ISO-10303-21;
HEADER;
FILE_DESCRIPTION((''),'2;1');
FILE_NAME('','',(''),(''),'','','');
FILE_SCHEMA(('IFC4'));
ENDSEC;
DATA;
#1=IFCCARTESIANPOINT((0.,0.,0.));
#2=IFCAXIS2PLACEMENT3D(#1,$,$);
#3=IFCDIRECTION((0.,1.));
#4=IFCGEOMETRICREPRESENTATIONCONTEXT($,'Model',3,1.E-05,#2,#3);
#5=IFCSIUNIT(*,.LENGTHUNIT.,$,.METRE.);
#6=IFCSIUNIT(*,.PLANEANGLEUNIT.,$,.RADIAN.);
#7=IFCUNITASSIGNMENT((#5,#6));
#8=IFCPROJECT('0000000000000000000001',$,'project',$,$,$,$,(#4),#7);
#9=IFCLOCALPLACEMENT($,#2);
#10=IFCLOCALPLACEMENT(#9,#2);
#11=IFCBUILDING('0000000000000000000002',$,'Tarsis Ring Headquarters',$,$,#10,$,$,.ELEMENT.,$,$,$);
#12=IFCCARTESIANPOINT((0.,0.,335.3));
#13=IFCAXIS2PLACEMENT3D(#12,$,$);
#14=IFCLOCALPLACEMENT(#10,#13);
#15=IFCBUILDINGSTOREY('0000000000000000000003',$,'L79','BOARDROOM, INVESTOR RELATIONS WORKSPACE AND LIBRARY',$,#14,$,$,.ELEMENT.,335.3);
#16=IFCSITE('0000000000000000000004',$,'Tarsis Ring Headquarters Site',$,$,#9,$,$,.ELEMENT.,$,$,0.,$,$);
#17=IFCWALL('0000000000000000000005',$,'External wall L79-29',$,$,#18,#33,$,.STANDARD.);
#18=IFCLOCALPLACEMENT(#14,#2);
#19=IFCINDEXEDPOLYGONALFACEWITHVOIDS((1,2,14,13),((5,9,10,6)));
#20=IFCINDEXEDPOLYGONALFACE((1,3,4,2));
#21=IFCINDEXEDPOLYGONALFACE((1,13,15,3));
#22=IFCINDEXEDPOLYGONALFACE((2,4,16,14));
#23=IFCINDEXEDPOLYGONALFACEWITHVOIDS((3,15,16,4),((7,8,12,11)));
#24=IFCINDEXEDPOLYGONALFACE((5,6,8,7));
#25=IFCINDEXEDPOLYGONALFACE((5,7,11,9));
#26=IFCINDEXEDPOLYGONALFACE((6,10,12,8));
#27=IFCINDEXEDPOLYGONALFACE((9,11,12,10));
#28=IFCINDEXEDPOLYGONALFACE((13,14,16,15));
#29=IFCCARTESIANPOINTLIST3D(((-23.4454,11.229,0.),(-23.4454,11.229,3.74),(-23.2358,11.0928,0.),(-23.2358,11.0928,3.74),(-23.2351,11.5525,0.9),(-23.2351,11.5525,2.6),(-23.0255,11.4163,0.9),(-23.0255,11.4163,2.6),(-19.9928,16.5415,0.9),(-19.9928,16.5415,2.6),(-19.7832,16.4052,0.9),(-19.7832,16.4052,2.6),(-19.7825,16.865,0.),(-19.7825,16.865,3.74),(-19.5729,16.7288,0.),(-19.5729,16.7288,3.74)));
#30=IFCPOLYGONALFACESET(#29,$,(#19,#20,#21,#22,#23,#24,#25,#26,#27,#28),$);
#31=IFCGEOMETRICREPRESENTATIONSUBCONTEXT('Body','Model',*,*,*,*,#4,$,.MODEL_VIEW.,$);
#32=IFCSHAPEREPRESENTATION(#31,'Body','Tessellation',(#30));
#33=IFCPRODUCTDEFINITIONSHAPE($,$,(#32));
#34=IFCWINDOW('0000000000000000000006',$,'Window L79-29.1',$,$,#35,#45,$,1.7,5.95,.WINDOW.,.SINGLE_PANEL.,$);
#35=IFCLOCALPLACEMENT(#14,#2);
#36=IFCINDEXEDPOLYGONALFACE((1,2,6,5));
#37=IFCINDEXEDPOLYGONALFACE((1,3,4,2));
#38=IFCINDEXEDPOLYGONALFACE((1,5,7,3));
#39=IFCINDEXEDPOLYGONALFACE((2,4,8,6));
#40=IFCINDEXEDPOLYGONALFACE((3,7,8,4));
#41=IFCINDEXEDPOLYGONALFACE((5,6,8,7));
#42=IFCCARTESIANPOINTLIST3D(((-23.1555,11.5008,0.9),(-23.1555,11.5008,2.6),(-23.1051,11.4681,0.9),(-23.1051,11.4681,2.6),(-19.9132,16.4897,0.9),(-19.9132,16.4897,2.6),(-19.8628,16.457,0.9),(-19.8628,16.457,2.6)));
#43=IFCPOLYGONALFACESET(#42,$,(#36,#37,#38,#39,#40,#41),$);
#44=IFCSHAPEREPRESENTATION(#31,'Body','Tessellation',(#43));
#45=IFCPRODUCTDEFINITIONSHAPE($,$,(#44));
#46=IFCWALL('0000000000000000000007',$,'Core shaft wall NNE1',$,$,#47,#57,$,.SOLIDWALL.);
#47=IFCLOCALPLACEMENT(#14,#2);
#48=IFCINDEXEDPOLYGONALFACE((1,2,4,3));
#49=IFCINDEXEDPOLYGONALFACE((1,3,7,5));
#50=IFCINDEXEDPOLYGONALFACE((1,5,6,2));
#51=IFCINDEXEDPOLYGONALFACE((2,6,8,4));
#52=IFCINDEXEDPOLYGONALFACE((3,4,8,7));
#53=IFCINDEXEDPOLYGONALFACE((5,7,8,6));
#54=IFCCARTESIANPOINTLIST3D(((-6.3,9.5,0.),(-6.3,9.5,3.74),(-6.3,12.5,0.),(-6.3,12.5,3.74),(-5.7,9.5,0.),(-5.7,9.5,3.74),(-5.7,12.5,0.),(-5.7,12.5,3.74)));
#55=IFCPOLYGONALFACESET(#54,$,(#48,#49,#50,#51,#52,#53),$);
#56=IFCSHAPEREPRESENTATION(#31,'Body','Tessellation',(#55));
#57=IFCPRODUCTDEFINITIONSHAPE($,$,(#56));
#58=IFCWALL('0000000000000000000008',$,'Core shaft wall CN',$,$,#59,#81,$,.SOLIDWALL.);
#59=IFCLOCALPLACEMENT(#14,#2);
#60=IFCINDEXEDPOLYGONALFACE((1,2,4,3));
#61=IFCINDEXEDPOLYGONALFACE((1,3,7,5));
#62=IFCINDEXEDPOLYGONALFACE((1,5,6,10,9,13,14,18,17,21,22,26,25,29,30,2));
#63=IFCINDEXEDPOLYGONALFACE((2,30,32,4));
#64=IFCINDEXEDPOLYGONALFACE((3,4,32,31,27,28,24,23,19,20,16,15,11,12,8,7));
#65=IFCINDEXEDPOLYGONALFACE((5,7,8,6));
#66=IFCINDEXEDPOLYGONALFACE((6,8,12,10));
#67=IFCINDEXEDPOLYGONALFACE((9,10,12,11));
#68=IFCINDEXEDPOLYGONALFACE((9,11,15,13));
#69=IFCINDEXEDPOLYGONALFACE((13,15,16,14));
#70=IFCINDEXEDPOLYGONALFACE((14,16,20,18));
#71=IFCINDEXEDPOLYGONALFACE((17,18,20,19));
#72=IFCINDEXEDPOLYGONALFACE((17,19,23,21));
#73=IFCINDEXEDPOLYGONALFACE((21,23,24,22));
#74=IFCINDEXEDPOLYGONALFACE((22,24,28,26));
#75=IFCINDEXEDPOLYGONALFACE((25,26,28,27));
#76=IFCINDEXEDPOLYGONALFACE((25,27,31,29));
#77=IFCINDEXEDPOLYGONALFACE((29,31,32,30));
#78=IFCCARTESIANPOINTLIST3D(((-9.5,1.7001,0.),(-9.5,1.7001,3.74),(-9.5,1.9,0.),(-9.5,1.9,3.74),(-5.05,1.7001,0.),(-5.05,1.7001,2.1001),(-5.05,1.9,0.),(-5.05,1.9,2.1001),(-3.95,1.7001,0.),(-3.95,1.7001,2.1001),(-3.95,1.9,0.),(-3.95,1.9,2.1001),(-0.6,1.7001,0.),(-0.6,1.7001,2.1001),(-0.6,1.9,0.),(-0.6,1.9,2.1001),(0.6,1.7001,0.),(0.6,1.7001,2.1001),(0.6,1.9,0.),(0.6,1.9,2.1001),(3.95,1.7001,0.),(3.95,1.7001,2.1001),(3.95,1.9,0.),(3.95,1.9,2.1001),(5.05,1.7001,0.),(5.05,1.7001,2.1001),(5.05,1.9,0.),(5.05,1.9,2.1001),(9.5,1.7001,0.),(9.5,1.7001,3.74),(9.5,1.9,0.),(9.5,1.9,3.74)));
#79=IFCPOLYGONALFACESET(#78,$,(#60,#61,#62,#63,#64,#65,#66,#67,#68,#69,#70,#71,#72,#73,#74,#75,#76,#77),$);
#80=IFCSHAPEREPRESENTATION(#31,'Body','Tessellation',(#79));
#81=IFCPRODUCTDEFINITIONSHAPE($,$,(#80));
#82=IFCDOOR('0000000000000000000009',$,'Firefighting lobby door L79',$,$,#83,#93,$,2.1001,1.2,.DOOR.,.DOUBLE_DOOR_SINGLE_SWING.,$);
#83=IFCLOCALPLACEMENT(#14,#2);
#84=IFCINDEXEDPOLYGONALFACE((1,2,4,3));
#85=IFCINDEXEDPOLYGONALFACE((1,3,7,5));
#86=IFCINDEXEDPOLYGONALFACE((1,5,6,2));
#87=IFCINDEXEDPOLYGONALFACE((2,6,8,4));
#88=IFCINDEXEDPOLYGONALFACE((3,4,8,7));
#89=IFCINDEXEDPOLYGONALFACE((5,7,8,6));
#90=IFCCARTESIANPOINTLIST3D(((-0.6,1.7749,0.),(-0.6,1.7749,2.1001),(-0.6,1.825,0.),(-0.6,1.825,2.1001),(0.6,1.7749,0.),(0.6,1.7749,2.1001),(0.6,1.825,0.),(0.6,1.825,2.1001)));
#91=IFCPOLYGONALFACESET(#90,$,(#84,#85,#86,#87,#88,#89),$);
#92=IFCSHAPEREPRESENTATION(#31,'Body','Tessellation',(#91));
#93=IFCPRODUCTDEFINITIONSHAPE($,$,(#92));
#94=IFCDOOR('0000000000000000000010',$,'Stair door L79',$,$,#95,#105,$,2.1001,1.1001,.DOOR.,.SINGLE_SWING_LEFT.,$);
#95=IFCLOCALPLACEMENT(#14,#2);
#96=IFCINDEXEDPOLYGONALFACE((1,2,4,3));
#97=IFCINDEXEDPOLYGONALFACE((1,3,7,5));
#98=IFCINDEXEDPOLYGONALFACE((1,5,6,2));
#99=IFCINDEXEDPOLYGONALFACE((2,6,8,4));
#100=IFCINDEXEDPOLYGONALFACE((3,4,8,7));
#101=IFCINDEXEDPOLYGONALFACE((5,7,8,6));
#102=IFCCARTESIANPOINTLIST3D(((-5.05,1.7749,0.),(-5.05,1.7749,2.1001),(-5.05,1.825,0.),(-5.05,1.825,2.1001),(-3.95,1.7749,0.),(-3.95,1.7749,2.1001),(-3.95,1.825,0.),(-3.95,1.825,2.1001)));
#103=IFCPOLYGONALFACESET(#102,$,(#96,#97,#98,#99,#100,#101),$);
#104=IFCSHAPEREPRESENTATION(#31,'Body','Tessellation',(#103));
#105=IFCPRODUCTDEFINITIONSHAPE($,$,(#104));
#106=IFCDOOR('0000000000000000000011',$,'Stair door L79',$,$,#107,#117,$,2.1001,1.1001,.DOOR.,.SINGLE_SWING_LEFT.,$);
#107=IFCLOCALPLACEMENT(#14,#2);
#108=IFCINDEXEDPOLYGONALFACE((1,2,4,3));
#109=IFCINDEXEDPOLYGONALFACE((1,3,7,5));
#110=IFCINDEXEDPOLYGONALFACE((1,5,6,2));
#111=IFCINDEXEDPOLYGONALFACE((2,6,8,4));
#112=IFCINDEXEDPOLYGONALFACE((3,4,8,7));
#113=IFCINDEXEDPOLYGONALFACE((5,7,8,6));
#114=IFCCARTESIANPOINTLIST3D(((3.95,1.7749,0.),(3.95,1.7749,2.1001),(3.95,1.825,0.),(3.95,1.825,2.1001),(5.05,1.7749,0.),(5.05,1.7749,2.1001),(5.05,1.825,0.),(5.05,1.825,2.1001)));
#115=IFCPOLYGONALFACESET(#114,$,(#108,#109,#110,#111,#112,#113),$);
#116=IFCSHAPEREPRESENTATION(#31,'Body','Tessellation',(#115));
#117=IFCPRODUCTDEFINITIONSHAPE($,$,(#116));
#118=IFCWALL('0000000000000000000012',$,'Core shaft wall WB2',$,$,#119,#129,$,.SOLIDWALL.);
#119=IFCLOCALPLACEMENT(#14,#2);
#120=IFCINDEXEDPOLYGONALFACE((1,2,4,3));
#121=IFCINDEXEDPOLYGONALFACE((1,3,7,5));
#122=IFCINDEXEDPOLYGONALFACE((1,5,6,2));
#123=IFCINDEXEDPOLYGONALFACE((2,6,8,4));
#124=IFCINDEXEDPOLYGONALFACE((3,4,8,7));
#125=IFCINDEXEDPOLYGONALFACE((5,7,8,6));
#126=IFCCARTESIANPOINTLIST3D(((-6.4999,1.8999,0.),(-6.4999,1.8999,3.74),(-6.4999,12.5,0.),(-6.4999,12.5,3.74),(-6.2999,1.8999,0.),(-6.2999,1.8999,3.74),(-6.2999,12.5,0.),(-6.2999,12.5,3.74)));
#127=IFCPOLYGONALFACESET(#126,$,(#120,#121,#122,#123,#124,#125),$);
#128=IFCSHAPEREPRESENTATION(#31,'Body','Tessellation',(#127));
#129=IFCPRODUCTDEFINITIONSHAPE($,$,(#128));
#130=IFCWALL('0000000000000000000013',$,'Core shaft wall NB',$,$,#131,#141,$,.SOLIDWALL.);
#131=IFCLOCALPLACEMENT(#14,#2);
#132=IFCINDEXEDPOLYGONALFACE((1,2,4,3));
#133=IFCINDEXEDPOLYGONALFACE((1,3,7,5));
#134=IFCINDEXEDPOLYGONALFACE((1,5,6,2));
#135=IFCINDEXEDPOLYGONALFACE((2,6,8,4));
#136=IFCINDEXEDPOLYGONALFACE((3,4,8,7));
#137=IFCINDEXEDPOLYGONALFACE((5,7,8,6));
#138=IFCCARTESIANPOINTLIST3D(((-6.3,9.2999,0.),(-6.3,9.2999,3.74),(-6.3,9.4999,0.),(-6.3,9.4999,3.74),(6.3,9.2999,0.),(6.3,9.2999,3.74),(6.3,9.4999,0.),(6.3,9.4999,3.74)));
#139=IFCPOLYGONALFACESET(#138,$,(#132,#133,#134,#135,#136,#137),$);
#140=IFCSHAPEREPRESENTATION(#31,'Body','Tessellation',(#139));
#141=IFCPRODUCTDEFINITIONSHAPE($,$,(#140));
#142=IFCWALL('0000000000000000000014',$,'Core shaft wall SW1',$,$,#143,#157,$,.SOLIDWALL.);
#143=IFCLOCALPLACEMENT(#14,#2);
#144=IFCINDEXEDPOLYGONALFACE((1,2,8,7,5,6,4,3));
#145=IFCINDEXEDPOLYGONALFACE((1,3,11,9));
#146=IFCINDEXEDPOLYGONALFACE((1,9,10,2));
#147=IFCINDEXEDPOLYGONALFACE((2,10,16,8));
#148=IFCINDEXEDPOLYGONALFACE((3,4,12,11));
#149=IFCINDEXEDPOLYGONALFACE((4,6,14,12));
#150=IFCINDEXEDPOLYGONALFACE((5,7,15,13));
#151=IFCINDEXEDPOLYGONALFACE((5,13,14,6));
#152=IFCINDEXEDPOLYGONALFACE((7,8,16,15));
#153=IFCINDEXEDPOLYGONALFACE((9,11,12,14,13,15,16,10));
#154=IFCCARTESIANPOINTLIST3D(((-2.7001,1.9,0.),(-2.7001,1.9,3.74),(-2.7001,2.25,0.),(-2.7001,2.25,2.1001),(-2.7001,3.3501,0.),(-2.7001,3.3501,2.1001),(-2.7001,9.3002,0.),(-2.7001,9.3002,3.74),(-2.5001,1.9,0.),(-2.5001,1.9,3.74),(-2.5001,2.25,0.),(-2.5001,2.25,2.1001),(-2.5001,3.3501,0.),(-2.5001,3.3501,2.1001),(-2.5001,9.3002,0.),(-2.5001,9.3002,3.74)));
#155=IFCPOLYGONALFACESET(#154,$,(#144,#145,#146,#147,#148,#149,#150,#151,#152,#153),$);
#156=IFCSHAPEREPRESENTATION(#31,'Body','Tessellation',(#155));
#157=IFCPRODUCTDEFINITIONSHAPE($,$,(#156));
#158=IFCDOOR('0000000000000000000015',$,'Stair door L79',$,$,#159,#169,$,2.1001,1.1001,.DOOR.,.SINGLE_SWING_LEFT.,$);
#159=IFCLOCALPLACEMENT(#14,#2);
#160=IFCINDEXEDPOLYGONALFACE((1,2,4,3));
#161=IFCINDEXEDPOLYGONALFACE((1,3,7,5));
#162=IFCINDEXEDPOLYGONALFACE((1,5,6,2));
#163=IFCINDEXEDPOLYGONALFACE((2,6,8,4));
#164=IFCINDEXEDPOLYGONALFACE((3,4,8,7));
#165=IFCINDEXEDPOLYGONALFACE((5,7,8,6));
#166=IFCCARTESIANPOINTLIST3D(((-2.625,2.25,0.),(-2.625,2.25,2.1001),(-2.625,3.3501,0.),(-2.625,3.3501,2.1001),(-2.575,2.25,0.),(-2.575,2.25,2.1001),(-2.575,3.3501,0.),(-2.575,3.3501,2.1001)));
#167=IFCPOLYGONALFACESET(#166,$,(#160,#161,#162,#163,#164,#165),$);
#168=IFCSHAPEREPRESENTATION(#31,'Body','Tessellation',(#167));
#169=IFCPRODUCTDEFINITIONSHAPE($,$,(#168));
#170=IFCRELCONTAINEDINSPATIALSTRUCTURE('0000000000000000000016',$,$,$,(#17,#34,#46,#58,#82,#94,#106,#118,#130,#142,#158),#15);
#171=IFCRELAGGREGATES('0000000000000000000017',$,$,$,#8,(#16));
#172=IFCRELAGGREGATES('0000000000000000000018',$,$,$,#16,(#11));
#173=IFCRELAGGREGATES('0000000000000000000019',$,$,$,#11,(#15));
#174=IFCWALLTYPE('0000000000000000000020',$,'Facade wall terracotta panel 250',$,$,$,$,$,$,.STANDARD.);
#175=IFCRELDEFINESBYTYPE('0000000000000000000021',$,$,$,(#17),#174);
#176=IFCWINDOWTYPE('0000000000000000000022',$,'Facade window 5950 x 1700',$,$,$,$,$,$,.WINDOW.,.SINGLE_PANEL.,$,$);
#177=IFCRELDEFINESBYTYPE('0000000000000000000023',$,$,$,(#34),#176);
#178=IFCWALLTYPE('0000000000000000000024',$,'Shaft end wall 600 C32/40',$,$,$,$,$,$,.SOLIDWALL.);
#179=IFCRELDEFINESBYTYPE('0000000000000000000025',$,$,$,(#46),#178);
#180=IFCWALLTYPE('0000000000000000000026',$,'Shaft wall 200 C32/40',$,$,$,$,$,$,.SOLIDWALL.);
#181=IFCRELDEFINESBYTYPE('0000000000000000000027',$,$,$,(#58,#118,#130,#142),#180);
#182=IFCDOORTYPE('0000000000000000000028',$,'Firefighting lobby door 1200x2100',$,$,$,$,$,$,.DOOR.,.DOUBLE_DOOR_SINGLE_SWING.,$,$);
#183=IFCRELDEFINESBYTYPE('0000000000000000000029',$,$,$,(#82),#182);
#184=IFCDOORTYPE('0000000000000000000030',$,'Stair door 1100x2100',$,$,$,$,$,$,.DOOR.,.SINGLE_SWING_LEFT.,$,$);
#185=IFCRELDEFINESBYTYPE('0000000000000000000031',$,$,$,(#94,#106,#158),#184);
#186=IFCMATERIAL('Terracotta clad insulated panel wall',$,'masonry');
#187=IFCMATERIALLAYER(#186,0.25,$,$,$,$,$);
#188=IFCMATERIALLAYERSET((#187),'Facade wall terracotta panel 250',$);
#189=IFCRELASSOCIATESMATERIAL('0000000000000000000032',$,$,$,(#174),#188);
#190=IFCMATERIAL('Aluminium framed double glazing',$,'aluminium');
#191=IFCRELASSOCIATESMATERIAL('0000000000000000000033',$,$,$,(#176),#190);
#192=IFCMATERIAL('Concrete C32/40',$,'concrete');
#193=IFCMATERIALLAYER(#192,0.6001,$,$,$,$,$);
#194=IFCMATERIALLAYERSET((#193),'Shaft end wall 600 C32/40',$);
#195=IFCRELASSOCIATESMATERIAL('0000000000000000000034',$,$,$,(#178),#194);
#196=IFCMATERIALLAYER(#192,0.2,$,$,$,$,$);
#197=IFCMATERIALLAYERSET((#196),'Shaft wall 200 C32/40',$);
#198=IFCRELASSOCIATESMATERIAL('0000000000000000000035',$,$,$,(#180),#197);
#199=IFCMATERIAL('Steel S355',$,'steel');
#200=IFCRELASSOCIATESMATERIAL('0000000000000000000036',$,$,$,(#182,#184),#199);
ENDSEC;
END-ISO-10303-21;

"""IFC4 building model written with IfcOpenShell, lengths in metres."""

from ifc_helpers import new_model, si_unit, direction, frame, frame_2d, origin, place, context, subcontext, project, spatial, rectangle, extrude, material, layer, layer_set, type_object, element, fill, save


model = new_model("IFC4")

# Units and contexts
model_context = context("Model", 3, precision=1e-05, world=origin(), true_north=direction((0.0, 1.0)))
body_context = subcontext(model_context, "Body", "Model", "MODEL_VIEW")
ifc_project = project(units=[si_unit("LENGTHUNIT", "METRE"), si_unit("PLANEANGLEUNIT", "RADIAN")], contexts=[model_context])

# Site, building, storey
site_placement = place(None, origin())
site = spatial("IfcSite", under=ifc_project, at=site_placement, Name="Tarsis Ring Headquarters Site", CompositionType="ELEMENT", RefElevation=0.0)
building_placement = place(site_placement, origin())
building = spatial("IfcBuilding", under=site, at=building_placement, Name="Tarsis Ring Headquarters", CompositionType="ELEMENT")
storey_placement = place(building_placement, frame((0.0, 0.0, 335.3)))
storey = spatial("IfcBuildingStorey", under=building, at=storey_placement, Name="L79", Description="BOARDROOM, INVESTOR RELATIONS WORKSPACE AND LIBRARY", CompositionType="ELEMENT", Elevation=335.3)

# Shared definitions
ifc_material_1 = material(Name="Steel S355", Category="steel")

# Wall, opening, window
ifc_material_2 = material(Name="Terracotta clad insulated panel wall", Category="masonry")
ifc_layer_1 = layer(ifc_material_2, 0.25)
ifc_layer_set_1 = layer_set([ifc_layer_1], Name="Facade wall terracotta panel 250")
wall_type_1 = type_object("IfcWallType", Name="Facade wall terracotta panel 250", PredefinedType="STANDARD", material=ifc_layer_set_1)
wall_1_placement = place(storey_placement, frame((-19.6777, 16.7969, 0.0), z_axis=(0.0, 0.0, 1.0), x_axis=(-0.544931, -0.838481, 0.0)))
wall_1 = element("IfcWall", 1, at=wall_1_placement, inside=storey, type_object=wall_type_1, Name="External wall L79-29", PredefinedType="STANDARD", context=body_context, shape_type="SweptSolid", body=[
    extrude(rectangle(XDim=6.7217, YDim=0.25, at=frame_2d((3.3608, 0.0))), origin(), (0.0, 0.0, 1.0), 3.74),
])
opening_1_placement = place(wall_1_placement, frame((0.3857, 0.0, 0.8999)))
opening_1 = element("IfcOpeningElement", 2, at=opening_1_placement, cuts=wall_1, PredefinedType="OPENING", context=body_context, shape_type="SweptSolid", body=[
    extrude(rectangle(XDim=5.95, YDim=1.7, at=frame_2d((2.9751, 0.8501))), frame((0.0, 0.135, 0.0), z_axis=(0.0, -1.0, 0.0), x_axis=(1.0, 0.0, 0.0)), (0.0, 0.0, 1.0), 0.27),
])
ifc_material_3 = material(Name="Aluminium framed double glazing", Category="aluminium")
window_type = type_object("IfcWindowType", Name="Facade window 5950 x 1700", PartitioningType="SINGLE_PANEL", PredefinedType="WINDOW", material=ifc_material_3)
window_placement = place(opening_1_placement, origin())
window = element("IfcWindow", 3, at=window_placement, inside=storey, type_object=window_type, Name="Window L79-29.1", OverallHeight=1.7, OverallWidth=5.95, PartitioningType="SINGLE_PANEL", PredefinedType="WINDOW", context=body_context, shape_type="SweptSolid", body=[
    extrude(rectangle(XDim=5.95, YDim=1.7, at=frame_2d((2.9751, 0.8501))), frame((0.0, 0.03, 0.0), z_axis=(0.0, -1.0, 0.0), x_axis=(1.0, 0.0, 0.0)), (0.0, 0.0, 1.0), 0.0601),
])
fill(opening_1, window)

# Wall
ifc_material_4 = material(Name="Concrete C32/40", Category="concrete")
ifc_layer_2 = layer(ifc_material_4, 0.6001)
ifc_layer_set_2 = layer_set([ifc_layer_2], Name="Shaft end wall 600 C32/40")
wall_type_2 = type_object("IfcWallType", Name="Shaft end wall 600 C32/40", PredefinedType="SOLIDWALL", material=ifc_layer_set_2)
wall_2_placement = place(storey_placement, frame((-6.0, 9.5, 0.0), z_axis=(0.0, 0.0, 1.0), x_axis=(0.0, 1.0, 0.0)))
element("IfcWall", 4, at=wall_2_placement, inside=storey, type_object=wall_type_2, Name="Core shaft wall NNE1", PredefinedType="SOLIDWALL", context=body_context, shape_type="SweptSolid", body=[
    extrude(rectangle(XDim=3.0, YDim=0.6001, at=frame_2d((1.5, 0.0))), origin(), (0.0, 0.0, 1.0), 3.74),
])

# Wall, openings, doors
ifc_layer_3 = layer(ifc_material_4, 0.2)
ifc_layer_set_3 = layer_set([ifc_layer_3], Name="Shaft wall 200 C32/40")
wall_type_3 = type_object("IfcWallType", Name="Shaft wall 200 C32/40", PredefinedType="SOLIDWALL", material=ifc_layer_set_3)
wall_3_placement = place(storey_placement, frame((-9.5, 1.8, 0.0), z_axis=(0.0, 0.0, 1.0), x_axis=(1.0, 0.0, 0.0)))
wall_3 = element("IfcWall", 5, at=wall_3_placement, inside=storey, type_object=wall_type_3, Name="Core shaft wall CN", PredefinedType="SOLIDWALL", context=body_context, shape_type="SweptSolid", body=[
    extrude(rectangle(XDim=19.0, YDim=0.2, at=frame_2d((9.5, 0.0))), origin(), (0.0, 0.0, 1.0), 3.74),
])
opening_2_placement = place(wall_3_placement, frame((4.45, 0.0, 0.0)))
opening_2 = element("IfcOpeningElement", 6, at=opening_2_placement, cuts=wall_3, PredefinedType="OPENING", context=body_context, shape_type="SweptSolid", body=[
    extrude(rectangle(XDim=1.1001, YDim=2.1001, at=frame_2d((0.55, 1.05))), frame((0.0, 0.1099, 0.0), z_axis=(0.0, -1.0, 0.0), x_axis=(1.0, 0.0, 0.0)), (0.0, 0.0, 1.0), 0.22),
])
opening_3_placement = place(wall_3_placement, frame((8.8999, 0.0, 0.0)))
opening_3 = element("IfcOpeningElement", 7, at=opening_3_placement, cuts=wall_3, PredefinedType="OPENING", context=body_context, shape_type="SweptSolid", body=[
    extrude(rectangle(XDim=1.2, YDim=2.1001, at=frame_2d((0.6001, 1.05))), frame((0.0, 0.1099, 0.0), z_axis=(0.0, -1.0, 0.0), x_axis=(1.0, 0.0, 0.0)), (0.0, 0.0, 1.0), 0.22),
])
opening_4_placement = place(wall_3_placement, frame((13.45, 0.0, 0.0)))
opening_4 = element("IfcOpeningElement", 8, at=opening_4_placement, cuts=wall_3, PredefinedType="OPENING", context=body_context, shape_type="SweptSolid", body=[
    extrude(rectangle(XDim=1.1001, YDim=2.1001, at=frame_2d((0.55, 1.05))), frame((0.0, 0.1099, 0.0), z_axis=(0.0, -1.0, 0.0), x_axis=(1.0, 0.0, 0.0)), (0.0, 0.0, 1.0), 0.22),
])
door_type_1 = type_object("IfcDoorType", Name="Firefighting lobby door 1200x2100", OperationType="DOUBLE_DOOR_SINGLE_SWING", PredefinedType="DOOR", material=ifc_material_1)
door_1_placement = place(opening_3_placement, origin())
door_1 = element("IfcDoor", 9, at=door_1_placement, inside=storey, type_object=door_type_1, Name="Firefighting lobby door L79", OperationType="DOUBLE_DOOR_SINGLE_SWING", OverallHeight=2.1001, OverallWidth=1.2, PredefinedType="DOOR", context=body_context, shape_type="SweptSolid", body=[
    extrude(rectangle(XDim=1.2, YDim=2.1001, at=frame_2d((0.6001, 1.05))), frame((0.0, 0.0249, 0.0), z_axis=(0.0, -1.0, 0.0), x_axis=(1.0, 0.0, 0.0)), (0.0, 0.0, 1.0), 0.05),
])
fill(opening_3, door_1)
door_type_2 = type_object("IfcDoorType", Name="Stair door 1100x2100", OperationType="SINGLE_SWING_LEFT", PredefinedType="DOOR", material=ifc_material_1)
door_2_placement = place(opening_2_placement, origin())
door_2 = element("IfcDoor", 10, at=door_2_placement, inside=storey, type_object=door_type_2, Name="Stair door L79", OperationType="SINGLE_SWING_LEFT", OverallHeight=2.1001, OverallWidth=1.1001, PredefinedType="DOOR", context=body_context, shape_type="SweptSolid", body=[
    extrude(rectangle(XDim=1.1001, YDim=2.1001, at=frame_2d((0.55, 1.05))), frame((0.0, 0.0249, 0.0), z_axis=(0.0, -1.0, 0.0), x_axis=(1.0, 0.0, 0.0)), (0.0, 0.0, 1.0), 0.05),
])
fill(opening_2, door_2)
door_3_placement = place(opening_4_placement, origin())
door_3 = element("IfcDoor", 11, at=door_3_placement, inside=storey, type_object=door_type_2, Name="Stair door L79", OperationType="SINGLE_SWING_LEFT", OverallHeight=2.1001, OverallWidth=1.1001, PredefinedType="DOOR", context=body_context, shape_type="SweptSolid", body=[
    extrude(rectangle(XDim=1.1001, YDim=2.1001, at=frame_2d((0.55, 1.05))), frame((0.0, 0.0249, 0.0), z_axis=(0.0, -1.0, 0.0), x_axis=(1.0, 0.0, 0.0)), (0.0, 0.0, 1.0), 0.05),
])
fill(opening_4, door_3)

# Walls
wall_4_placement = place(storey_placement, frame((-6.3999, 1.8999, 0.0), z_axis=(0.0, 0.0, 1.0), x_axis=(0.0, 1.0, 0.0)))
element("IfcWall", 12, at=wall_4_placement, inside=storey, type_object=wall_type_3, Name="Core shaft wall WB2", PredefinedType="SOLIDWALL", context=body_context, shape_type="SweptSolid", body=[
    extrude(rectangle(XDim=10.6001, YDim=0.2, at=frame_2d((5.3, 0.0))), origin(), (0.0, 0.0, 1.0), 3.74),
])
wall_5_placement = place(storey_placement, frame((-6.3, 9.3999, 0.0), z_axis=(0.0, 0.0, 1.0), x_axis=(1.0, 0.0, 0.0)))
element("IfcWall", 13, at=wall_5_placement, inside=storey, type_object=wall_type_3, Name="Core shaft wall NB", PredefinedType="SOLIDWALL", context=body_context, shape_type="SweptSolid", body=[
    extrude(rectangle(XDim=12.6001, YDim=0.2, at=frame_2d((6.3, 0.0))), origin(), (0.0, 0.0, 1.0), 3.74),
])

# Wall, opening, door
wall_6_placement = place(storey_placement, frame((-2.6001, 1.8999, 0.0), z_axis=(0.0, 0.0, 1.0), x_axis=(0.0, 1.0, 0.0)))
wall_6 = element("IfcWall", 14, at=wall_6_placement, inside=storey, type_object=wall_type_3, Name="Core shaft wall SW1", PredefinedType="SOLIDWALL", context=body_context, shape_type="SweptSolid", body=[
    extrude(rectangle(XDim=7.4001, YDim=0.2, at=frame_2d((3.7002, 0.0))), origin(), (0.0, 0.0, 1.0), 3.74),
])
opening_5_placement = place(wall_6_placement, frame((0.3501, 0.0, 0.0)))
opening_5 = element("IfcOpeningElement", 15, at=opening_5_placement, cuts=wall_6, PredefinedType="OPENING", context=body_context, shape_type="SweptSolid", body=[
    extrude(rectangle(XDim=1.1001, YDim=2.1001, at=frame_2d((0.55, 1.05))), frame((0.0, 0.1099, 0.0), z_axis=(0.0, -1.0, 0.0), x_axis=(1.0, 0.0, 0.0)), (0.0, 0.0, 1.0), 0.22),
])
door_4_placement = place(opening_5_placement, origin())
door_4 = element("IfcDoor", 16, at=door_4_placement, inside=storey, type_object=door_type_2, Name="Stair door L79", OperationType="SINGLE_SWING_LEFT", OverallHeight=2.1001, OverallWidth=1.1001, PredefinedType="DOOR", context=body_context, shape_type="SweptSolid", body=[
    extrude(rectangle(XDim=1.1001, YDim=2.1001, at=frame_2d((0.55, 1.05))), frame((0.0, 0.0249, 0.0), z_axis=(0.0, -1.0, 0.0), x_axis=(1.0, 0.0, 0.0)), (0.0, 0.0, 1.0), 0.05),
])
fill(opening_5, door_4)

save(model, "model.ifc")
